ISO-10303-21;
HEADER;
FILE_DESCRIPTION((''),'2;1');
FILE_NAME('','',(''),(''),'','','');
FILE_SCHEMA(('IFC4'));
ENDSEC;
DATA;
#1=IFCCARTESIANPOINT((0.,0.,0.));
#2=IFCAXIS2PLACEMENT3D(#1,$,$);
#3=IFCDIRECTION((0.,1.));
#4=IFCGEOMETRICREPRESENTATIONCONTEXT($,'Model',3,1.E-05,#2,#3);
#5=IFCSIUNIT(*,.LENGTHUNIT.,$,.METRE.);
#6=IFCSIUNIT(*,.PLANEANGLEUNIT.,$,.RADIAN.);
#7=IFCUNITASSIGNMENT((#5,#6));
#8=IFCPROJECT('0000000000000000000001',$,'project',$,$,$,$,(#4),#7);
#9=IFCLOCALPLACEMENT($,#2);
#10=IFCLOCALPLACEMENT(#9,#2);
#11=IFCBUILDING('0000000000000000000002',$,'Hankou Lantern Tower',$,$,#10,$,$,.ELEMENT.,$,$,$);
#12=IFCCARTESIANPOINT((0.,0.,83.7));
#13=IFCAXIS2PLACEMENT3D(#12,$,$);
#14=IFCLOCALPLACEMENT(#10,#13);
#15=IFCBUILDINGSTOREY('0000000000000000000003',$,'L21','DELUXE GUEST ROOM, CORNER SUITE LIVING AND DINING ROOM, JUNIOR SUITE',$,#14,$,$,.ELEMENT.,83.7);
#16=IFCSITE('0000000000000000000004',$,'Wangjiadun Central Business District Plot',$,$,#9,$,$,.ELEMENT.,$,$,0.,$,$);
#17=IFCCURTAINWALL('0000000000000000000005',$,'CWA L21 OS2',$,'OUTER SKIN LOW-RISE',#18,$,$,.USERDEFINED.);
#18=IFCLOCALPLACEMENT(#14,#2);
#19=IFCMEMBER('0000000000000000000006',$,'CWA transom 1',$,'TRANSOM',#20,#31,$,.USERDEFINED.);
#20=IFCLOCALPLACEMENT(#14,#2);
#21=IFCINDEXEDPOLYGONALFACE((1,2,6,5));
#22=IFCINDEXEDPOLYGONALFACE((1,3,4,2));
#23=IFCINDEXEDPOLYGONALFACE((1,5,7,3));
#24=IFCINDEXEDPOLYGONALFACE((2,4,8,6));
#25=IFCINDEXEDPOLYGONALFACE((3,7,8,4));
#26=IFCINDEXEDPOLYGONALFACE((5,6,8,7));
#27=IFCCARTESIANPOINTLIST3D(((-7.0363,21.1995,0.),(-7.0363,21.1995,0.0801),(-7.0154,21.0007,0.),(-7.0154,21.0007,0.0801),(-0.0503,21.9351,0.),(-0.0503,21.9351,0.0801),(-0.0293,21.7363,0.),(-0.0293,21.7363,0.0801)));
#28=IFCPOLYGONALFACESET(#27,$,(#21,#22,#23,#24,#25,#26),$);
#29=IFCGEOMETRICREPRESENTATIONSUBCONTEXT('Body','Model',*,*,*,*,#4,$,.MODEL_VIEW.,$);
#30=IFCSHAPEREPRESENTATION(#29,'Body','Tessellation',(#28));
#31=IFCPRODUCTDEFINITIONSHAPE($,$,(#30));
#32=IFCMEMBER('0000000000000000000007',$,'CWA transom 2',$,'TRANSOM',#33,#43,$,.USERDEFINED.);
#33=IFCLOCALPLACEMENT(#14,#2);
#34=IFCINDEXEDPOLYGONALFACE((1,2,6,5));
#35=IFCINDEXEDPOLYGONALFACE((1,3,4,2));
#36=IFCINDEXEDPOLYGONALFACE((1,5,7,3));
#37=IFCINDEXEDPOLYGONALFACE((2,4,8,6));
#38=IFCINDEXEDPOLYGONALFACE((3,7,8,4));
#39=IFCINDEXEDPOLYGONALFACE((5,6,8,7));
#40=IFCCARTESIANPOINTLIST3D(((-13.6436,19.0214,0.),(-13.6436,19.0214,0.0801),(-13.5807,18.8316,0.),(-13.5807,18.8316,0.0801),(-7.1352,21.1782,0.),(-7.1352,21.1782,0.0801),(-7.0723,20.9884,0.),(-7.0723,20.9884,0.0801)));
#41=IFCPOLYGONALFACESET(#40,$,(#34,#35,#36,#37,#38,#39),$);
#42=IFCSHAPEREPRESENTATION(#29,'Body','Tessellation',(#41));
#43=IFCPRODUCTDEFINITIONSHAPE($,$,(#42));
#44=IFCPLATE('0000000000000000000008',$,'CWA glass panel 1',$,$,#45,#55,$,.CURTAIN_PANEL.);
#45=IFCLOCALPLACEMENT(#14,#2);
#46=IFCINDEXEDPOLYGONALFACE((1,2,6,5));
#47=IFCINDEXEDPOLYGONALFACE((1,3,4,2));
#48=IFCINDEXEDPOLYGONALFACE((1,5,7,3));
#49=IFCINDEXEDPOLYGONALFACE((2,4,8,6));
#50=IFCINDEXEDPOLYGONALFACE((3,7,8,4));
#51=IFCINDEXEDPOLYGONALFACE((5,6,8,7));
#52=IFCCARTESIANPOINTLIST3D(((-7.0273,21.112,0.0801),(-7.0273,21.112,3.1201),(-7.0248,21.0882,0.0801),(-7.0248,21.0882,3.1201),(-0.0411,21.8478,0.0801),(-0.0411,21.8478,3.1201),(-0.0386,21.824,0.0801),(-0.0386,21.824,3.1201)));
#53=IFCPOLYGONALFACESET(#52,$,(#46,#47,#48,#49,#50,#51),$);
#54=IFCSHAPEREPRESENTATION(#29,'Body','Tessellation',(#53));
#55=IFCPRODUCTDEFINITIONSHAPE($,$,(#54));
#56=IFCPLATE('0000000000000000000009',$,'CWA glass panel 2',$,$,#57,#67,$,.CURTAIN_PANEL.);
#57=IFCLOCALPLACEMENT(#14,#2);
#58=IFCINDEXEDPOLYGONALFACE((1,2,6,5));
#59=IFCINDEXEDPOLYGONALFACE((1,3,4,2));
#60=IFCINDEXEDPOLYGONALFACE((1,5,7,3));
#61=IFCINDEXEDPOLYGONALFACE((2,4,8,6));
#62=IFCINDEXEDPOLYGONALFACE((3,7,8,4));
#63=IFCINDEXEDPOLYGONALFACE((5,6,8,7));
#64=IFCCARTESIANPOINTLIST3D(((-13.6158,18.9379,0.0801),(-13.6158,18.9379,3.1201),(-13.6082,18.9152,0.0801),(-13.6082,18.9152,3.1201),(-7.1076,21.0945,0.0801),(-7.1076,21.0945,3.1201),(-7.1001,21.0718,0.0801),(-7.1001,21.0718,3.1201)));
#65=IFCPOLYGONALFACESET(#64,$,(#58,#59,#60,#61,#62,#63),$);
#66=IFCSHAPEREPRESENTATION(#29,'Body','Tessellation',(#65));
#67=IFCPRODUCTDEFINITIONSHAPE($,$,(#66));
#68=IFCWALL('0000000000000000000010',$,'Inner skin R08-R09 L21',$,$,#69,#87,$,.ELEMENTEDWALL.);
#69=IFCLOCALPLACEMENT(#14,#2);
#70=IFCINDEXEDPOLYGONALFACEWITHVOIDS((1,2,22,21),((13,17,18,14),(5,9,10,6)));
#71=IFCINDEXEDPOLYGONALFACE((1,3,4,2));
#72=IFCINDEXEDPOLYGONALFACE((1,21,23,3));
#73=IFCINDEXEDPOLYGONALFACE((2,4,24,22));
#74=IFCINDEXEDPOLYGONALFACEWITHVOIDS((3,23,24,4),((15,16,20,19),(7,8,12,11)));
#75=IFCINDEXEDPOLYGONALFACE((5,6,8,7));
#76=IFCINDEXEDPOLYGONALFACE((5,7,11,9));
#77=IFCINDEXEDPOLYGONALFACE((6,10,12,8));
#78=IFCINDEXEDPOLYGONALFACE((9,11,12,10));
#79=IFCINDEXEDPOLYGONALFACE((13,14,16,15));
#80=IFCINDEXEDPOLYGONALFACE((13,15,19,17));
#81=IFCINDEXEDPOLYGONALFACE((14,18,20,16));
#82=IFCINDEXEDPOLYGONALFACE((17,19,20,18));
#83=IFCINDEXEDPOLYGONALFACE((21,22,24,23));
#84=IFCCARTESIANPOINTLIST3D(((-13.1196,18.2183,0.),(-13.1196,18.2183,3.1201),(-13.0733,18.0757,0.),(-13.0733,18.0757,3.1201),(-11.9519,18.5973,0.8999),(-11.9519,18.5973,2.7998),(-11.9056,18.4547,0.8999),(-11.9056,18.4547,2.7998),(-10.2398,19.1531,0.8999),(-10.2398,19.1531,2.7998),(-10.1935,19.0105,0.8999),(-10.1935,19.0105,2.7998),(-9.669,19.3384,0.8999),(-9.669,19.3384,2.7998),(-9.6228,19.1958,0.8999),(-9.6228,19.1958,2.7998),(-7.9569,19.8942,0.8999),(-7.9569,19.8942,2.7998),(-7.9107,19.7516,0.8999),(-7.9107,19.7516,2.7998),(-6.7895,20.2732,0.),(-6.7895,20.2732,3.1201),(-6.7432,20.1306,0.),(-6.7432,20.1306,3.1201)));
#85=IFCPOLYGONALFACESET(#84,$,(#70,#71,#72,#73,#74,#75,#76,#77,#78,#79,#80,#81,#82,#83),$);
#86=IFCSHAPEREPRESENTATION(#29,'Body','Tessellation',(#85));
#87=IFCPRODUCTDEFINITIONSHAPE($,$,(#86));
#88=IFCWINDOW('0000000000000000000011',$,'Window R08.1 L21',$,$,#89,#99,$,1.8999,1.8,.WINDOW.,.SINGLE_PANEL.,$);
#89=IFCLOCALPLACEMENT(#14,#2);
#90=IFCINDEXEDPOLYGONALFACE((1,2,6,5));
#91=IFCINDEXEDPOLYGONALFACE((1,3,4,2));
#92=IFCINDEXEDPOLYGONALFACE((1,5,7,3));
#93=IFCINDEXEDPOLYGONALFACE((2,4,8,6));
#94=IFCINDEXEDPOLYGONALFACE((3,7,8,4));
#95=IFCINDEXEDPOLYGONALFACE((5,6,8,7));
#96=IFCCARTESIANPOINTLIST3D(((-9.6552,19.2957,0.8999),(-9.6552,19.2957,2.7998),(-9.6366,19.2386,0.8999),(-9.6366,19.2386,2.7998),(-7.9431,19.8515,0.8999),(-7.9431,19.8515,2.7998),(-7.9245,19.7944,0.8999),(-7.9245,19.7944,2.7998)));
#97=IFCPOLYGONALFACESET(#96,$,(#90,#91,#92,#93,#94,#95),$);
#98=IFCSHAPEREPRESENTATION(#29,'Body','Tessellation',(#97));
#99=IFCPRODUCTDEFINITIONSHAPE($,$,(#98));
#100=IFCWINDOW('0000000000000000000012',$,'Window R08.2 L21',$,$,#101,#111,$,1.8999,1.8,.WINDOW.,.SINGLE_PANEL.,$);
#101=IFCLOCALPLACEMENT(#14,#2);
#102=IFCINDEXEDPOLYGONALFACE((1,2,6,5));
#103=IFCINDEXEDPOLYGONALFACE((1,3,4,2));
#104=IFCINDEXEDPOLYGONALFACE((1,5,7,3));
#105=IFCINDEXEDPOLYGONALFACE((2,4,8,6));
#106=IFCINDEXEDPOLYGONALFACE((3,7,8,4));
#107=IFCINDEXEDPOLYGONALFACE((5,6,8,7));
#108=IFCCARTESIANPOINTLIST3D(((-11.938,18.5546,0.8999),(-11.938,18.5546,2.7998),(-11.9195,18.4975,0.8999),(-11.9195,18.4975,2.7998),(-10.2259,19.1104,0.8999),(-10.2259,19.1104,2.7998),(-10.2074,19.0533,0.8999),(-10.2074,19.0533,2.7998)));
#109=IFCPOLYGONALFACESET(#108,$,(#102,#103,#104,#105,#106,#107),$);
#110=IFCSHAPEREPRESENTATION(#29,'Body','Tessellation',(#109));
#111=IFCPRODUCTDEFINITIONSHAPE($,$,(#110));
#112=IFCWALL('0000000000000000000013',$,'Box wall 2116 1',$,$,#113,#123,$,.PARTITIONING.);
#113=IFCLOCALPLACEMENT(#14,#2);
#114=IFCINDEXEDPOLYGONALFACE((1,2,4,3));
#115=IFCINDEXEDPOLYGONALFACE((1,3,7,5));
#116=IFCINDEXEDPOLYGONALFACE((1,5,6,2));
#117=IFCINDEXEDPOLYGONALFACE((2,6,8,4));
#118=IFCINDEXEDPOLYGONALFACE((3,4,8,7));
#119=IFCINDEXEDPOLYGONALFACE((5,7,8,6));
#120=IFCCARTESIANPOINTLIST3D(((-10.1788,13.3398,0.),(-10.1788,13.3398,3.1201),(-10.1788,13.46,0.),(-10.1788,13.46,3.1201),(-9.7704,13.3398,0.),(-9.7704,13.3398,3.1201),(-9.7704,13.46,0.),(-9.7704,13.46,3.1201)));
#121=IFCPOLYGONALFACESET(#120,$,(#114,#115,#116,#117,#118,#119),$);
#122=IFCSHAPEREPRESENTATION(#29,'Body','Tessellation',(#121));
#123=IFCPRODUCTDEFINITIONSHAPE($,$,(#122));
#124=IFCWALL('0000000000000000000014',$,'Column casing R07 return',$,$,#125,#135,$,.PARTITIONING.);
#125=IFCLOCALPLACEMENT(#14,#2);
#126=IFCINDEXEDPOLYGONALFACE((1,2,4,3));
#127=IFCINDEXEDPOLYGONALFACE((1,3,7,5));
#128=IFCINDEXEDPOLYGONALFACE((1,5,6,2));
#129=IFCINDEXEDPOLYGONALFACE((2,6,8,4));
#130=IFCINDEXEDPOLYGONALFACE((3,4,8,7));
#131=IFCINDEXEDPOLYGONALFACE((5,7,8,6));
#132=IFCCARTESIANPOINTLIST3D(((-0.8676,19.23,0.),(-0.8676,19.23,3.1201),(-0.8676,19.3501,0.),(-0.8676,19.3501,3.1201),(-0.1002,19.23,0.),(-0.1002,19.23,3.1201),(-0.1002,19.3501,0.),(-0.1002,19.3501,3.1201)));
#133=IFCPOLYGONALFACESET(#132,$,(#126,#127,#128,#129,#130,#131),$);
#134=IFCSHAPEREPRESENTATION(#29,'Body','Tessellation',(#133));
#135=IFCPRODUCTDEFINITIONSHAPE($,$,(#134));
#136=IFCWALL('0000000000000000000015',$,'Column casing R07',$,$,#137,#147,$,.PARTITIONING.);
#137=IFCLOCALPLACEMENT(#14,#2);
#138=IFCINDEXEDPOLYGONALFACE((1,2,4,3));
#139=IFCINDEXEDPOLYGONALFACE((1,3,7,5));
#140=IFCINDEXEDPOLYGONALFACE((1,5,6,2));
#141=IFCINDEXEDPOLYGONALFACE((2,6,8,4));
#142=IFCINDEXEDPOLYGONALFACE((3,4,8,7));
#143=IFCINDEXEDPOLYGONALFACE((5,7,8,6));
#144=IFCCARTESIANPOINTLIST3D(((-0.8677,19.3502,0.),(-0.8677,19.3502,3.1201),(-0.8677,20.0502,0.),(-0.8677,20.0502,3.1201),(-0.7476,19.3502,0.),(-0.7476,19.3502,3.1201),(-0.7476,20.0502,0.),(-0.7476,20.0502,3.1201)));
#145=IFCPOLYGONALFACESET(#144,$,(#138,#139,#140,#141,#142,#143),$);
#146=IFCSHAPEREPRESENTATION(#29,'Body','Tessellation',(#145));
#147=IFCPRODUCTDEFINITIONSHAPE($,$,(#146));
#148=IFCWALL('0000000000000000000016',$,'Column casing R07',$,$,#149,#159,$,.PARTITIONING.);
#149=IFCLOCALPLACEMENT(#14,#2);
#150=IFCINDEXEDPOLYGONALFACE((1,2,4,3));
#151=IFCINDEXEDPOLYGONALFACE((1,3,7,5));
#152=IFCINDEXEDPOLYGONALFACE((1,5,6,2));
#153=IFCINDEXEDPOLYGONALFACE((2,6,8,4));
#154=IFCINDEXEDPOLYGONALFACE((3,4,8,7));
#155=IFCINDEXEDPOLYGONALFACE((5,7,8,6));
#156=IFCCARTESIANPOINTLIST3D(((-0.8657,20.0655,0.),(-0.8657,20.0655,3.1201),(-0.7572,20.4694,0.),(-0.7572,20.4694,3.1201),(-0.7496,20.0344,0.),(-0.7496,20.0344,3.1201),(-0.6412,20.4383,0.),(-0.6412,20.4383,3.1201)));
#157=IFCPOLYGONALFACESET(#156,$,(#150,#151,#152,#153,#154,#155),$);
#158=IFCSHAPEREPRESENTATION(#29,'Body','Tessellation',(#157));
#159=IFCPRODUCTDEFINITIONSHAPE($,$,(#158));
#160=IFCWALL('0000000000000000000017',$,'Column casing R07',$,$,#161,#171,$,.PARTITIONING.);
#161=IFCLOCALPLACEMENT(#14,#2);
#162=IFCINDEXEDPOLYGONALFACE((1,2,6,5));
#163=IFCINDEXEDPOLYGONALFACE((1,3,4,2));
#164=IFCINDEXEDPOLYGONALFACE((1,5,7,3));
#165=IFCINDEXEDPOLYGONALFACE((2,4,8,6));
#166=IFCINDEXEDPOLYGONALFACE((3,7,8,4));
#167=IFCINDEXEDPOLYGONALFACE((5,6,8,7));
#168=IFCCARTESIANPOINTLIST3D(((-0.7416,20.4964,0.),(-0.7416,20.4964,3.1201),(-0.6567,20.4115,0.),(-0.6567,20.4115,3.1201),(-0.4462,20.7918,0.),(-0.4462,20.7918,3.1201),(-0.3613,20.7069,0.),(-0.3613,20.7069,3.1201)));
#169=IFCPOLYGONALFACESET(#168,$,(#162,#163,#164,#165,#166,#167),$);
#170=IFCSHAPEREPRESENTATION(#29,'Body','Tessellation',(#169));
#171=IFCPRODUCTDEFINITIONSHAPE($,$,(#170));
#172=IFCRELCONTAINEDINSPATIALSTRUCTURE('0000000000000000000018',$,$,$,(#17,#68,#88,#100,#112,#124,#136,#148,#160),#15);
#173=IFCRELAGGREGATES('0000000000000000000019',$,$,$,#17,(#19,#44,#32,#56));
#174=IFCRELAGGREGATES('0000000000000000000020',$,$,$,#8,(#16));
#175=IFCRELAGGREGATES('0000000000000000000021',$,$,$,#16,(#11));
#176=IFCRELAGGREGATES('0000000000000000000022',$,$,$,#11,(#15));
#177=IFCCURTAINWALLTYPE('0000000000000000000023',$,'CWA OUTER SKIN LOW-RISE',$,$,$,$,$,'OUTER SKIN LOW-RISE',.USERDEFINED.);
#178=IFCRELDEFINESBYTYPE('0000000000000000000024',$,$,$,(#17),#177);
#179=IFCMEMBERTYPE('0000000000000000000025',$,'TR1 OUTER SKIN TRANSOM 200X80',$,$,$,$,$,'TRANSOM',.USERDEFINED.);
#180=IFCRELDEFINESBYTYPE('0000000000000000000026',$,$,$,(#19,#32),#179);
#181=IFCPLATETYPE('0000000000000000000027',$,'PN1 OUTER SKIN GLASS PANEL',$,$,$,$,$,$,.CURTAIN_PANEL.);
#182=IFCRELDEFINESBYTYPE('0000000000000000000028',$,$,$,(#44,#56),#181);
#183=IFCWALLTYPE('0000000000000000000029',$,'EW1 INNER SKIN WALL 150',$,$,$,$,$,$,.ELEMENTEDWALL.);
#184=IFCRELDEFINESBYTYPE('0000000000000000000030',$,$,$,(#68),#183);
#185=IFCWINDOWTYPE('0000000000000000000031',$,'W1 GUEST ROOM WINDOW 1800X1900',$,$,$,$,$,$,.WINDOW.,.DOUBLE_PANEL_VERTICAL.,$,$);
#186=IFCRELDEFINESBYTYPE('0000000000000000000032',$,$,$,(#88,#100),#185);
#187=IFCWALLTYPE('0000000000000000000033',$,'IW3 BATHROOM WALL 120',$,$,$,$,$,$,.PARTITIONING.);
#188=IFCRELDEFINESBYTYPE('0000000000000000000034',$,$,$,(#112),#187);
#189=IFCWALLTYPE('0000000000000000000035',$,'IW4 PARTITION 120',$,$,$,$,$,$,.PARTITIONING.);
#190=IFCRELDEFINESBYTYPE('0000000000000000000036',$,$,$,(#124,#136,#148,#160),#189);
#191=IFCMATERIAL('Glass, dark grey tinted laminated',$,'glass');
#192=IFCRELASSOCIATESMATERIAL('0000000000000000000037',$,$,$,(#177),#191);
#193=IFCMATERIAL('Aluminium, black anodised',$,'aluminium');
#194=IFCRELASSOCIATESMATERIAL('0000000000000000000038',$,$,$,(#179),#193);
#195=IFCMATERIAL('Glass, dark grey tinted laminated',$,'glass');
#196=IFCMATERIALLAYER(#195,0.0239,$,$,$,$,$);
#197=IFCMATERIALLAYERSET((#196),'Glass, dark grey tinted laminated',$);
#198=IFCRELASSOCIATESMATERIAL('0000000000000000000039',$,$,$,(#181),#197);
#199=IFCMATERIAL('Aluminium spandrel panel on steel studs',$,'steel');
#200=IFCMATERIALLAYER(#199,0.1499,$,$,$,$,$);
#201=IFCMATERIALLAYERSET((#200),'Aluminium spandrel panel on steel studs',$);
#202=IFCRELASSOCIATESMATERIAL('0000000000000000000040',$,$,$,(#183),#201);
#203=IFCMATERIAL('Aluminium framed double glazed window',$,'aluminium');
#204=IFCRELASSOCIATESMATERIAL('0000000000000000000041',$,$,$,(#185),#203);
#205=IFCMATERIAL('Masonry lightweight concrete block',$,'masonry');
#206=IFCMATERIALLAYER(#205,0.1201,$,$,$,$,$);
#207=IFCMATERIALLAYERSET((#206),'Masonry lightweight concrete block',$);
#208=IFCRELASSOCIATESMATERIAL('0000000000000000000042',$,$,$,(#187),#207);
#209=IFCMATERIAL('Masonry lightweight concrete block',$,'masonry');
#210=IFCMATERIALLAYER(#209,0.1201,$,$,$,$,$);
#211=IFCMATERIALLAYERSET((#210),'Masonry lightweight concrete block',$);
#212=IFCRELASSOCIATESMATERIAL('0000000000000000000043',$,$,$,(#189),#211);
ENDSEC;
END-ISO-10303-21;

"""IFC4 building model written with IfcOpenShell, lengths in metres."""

from ifc_helpers import new_model, si_unit, direction, frame, frame_2d, origin, origin_2d, place, context, subcontext, project, spatial, rectangle, extrude, material, layer, layer_set, material_profile, profile_set, type_object, element, fill, aggregate, save


model = new_model("IFC4")

# Units and contexts
model_context = context("Model", 3, precision=1e-05, world=origin(), true_north=direction((0.0, 1.0)))
body_context = subcontext(model_context, "Body", "Model", "MODEL_VIEW")
ifc_project = project(units=[si_unit("LENGTHUNIT", "METRE"), si_unit("PLANEANGLEUNIT", "RADIAN")], contexts=[model_context])

# Site, building, storey
site_placement = place(None, origin())
site = spatial("IfcSite", under=ifc_project, at=site_placement, Name="Wangjiadun Central Business District Plot", CompositionType="ELEMENT", RefElevation=0.0)
building_placement = place(site_placement, origin())
building = spatial("IfcBuilding", under=site, at=building_placement, Name="Hankou Lantern Tower", CompositionType="ELEMENT")
storey_placement = place(building_placement, frame((0.0, 0.0, 83.7)))
storey = spatial("IfcBuildingStorey", under=building, at=storey_placement, Name="L21", Description="DELUXE GUEST ROOM, CORNER SUITE LIVING AND DINING ROOM, JUNIOR SUITE", CompositionType="ELEMENT", Elevation=83.7)

# Curtain wall
ifc_material_1 = material(Name="Glass, dark grey tinted laminated", Category="glass")
curtain_wall_type = type_object("IfcCurtainWallType", Name="CWA OUTER SKIN LOW-RISE", ElementType="OUTER SKIN LOW-RISE", PredefinedType="USERDEFINED", material=ifc_material_1)
curtain_wall_placement = place(storey_placement, origin())
curtain_wall = element("IfcCurtainWall", 1, at=curtain_wall_placement, inside=storey, type_object=curtain_wall_type, Name="CWA L21 OS2", ObjectType="OUTER SKIN LOW-RISE", PredefinedType="USERDEFINED")

# Members
ifc_material_2 = material(Name="Aluminium, black anodised", Category="aluminium")
ifc_material_profile_1 = material_profile(ifc_material_2, rectangle(XDim=0.2, YDim=0.0801, at=origin_2d()), Name="TR1 200X80")
ifc_profile_set_1 = profile_set([ifc_material_profile_1], Name="Aluminium, black anodised")
member_type_1 = type_object("IfcMemberType", Name="TR1 OUTER SKIN TRANSOM 200X80", ElementType="TRANSOM", PredefinedType="USERDEFINED", material=ifc_profile_set_1)
member_1_placement = place(storey_placement, frame((-0.0398, 21.8357, 0.04), z_axis=(-0.994502, -0.104716, 0.0), x_axis=(0.104716, -0.994502, 0.0)))
member_1 = element("IfcMember", 2, at=member_1_placement, type_object=member_type_1, Name="CWA transom 1", ObjectType="TRANSOM", PredefinedType="USERDEFINED", context=body_context, shape_type="SweptSolid", body=[
    extrude(rectangle(XDim=0.2, YDim=0.0801, at=origin_2d()), origin(), (0.0, 0.0, 1.0), 7.0247),
])
member_2_placement = place(storey_placement, frame((-7.1038, 21.0833, 0.04), z_axis=(-0.949237, -0.314561, 0.0), x_axis=(0.314561, -0.949237, 0.0)))
member_2 = element("IfcMember", 3, at=member_2_placement, type_object=member_type_1, Name="CWA transom 2", ObjectType="TRANSOM", PredefinedType="USERDEFINED", context=body_context, shape_type="SweptSolid", body=[
    extrude(rectangle(XDim=0.2, YDim=0.0801, at=origin_2d()), origin(), (0.0, 0.0, 1.0), 6.8564),
])

# Plates
ifc_material_3 = material(Name="Glass, dark grey tinted laminated", Category="glass")
ifc_layer_1 = layer(ifc_material_3, 0.0239)
ifc_layer_set_1 = layer_set([ifc_layer_1], Name="Glass, dark grey tinted laminated")
plate_type = type_object("IfcPlateType", Name="PN1 OUTER SKIN GLASS PANEL", PredefinedType="CURTAIN_PANEL", material=ifc_layer_set_1)
plate_1_placement = place(storey_placement, frame((-3.533, 21.468, 0.0801), z_axis=(0.0, 0.0, 1.0), x_axis=(-0.994499, -0.104743, 0.0)))
plate_1 = element("IfcPlate", 4, at=plate_1_placement, type_object=plate_type, Name="CWA glass panel 1", PredefinedType="CURTAIN_PANEL", context=body_context, shape_type="SweptSolid", body=[
    extrude(rectangle(XDim=7.0249, YDim=0.0239, at=origin_2d()), origin(), (0.0, 0.0, 1.0), 3.04),
])
plate_2_placement = place(storey_placement, frame((-10.3579, 20.0049, 0.0801), z_axis=(0.0, 0.0, 1.0), x_axis=(-0.949241, -0.314551, 0.0)))
plate_2 = element("IfcPlate", 5, at=plate_2_placement, type_object=plate_type, Name="CWA glass panel 2", PredefinedType="CURTAIN_PANEL", context=body_context, shape_type="SweptSolid", body=[
    extrude(rectangle(XDim=6.8562, YDim=0.0239, at=origin_2d()), origin(), (0.0, 0.0, 1.0), 3.04),
])
aggregate(curtain_wall, [member_1, plate_1, member_2, plate_2])

# Wall, openings, windows
ifc_material_4 = material(Name="Aluminium spandrel panel on steel studs", Category="steel")
ifc_layer_2 = layer(ifc_material_4, 0.1499)
ifc_layer_set_2 = layer_set([ifc_layer_2], Name="Aluminium spandrel panel on steel studs")
wall_type_1 = type_object("IfcWallType", Name="EW1 INNER SKIN WALL 150", PredefinedType="ELEMENTEDWALL", material=ifc_layer_set_2)
wall_1_placement = place(storey_placement, frame((-6.7664, 20.2019, 0.0), z_axis=(0.0, 0.0, 1.0), x_axis=(-0.951138, -0.308768, 0.0)))
wall_1 = element("IfcWall", 6, at=wall_1_placement, inside=storey, type_object=wall_type_1, Name="Inner skin R08-R09 L21", PredefinedType="ELEMENTEDWALL", context=body_context, shape_type="SweptSolid", body=[
    extrude(rectangle(XDim=6.6553, YDim=0.1499, at=frame_2d((3.3276, 0.0))), origin(), (0.0, 0.0, 1.0), 3.1201),
])
opening_1_placement = place(wall_1_placement, frame((1.2275, 0.0, 0.8999)))
opening_1 = element("IfcOpeningElement", 7, at=opening_1_placement, cuts=wall_1, PredefinedType="OPENING", context=body_context, shape_type="SweptSolid", body=[
    extrude(rectangle(XDim=1.8, YDim=1.8999, at=frame_2d((0.8999, 0.95))), frame((0.0, 0.085, 0.0), z_axis=(0.0, -1.0, 0.0), x_axis=(1.0, 0.0, 0.0)), (0.0, 0.0, 1.0), 0.1699),
])
opening_2_placement = place(wall_1_placement, frame((3.6277, 0.0, 0.8999)))
opening_2 = element("IfcOpeningElement", 8, at=opening_2_placement, cuts=wall_1, PredefinedType="OPENING", context=body_context, shape_type="SweptSolid", body=[
    extrude(rectangle(XDim=1.8, YDim=1.8999, at=frame_2d((0.8999, 0.95))), frame((0.0, 0.085, 0.0), z_axis=(0.0, -1.0, 0.0), x_axis=(1.0, 0.0, 0.0)), (0.0, 0.0, 1.0), 0.1699),
])
ifc_material_5 = material(Name="Aluminium framed double glazed window", Category="aluminium")
window_type = type_object("IfcWindowType", Name="W1 GUEST ROOM WINDOW 1800X1900", PartitioningType="DOUBLE_PANEL_VERTICAL", PredefinedType="WINDOW", material=ifc_material_5)
window_1_placement = place(opening_1_placement, origin())
window_1 = element("IfcWindow", 9, at=window_1_placement, inside=storey, type_object=window_type, Name="Window R08.1 L21", OverallHeight=1.8999, OverallWidth=1.8, PartitioningType="SINGLE_PANEL", PredefinedType="WINDOW", context=body_context, shape_type="SweptSolid", body=[
    extrude(rectangle(XDim=1.8, YDim=1.8999, at=frame_2d((0.8999, 0.95))), frame((0.0, 0.03, 0.0), z_axis=(0.0, -1.0, 0.0), x_axis=(1.0, 0.0, 0.0)), (0.0, 0.0, 1.0), 0.0601),
])
fill(opening_1, window_1)
window_2_placement = place(opening_2_placement, origin())
window_2 = element("IfcWindow", 10, at=window_2_placement, inside=storey, type_object=window_type, Name="Window R08.2 L21", OverallHeight=1.8999, OverallWidth=1.8, PartitioningType="SINGLE_PANEL", PredefinedType="WINDOW", context=body_context, shape_type="SweptSolid", body=[
    extrude(rectangle(XDim=1.8, YDim=1.8999, at=frame_2d((0.8999, 0.95))), frame((0.0, 0.03, 0.0), z_axis=(0.0, -1.0, 0.0), x_axis=(1.0, 0.0, 0.0)), (0.0, 0.0, 1.0), 0.0601),
])
fill(opening_2, window_2)

# Walls
ifc_material_6 = material(Name="Masonry lightweight concrete block", Category="masonry")
ifc_layer_3 = layer(ifc_material_6, 0.1201)
ifc_layer_set_3 = layer_set([ifc_layer_3], Name="Masonry lightweight concrete block")
wall_type_2 = type_object("IfcWallType", Name="IW3 BATHROOM WALL 120", PredefinedType="PARTITIONING", material=ifc_layer_set_3)
wall_2_placement = place(storey_placement, frame((-9.7705, 13.3999, 0.0), z_axis=(0.0, 0.0, 1.0), x_axis=(-1.0, 0.0, 0.0)))
element("IfcWall", 11, at=wall_2_placement, inside=storey, type_object=wall_type_2, Name="Box wall 2116 1", PredefinedType="PARTITIONING", context=body_context, shape_type="SweptSolid", body=[
    extrude(rectangle(XDim=0.4084, YDim=0.1201, at=frame_2d((0.2041, 0.0))), origin(), (0.0, 0.0, 1.0), 3.1201),
])
ifc_material_7 = material(Name="Masonry lightweight concrete block", Category="masonry")
ifc_layer_4 = layer(ifc_material_7, 0.1201)
ifc_layer_set_4 = layer_set([ifc_layer_4], Name="Masonry lightweight concrete block")
wall_type_3 = type_object("IfcWallType", Name="IW4 PARTITION 120", PredefinedType="PARTITIONING", material=ifc_layer_set_4)
wall_3_placement = place(storey_placement, frame((-0.1001, 19.29, 0.0), z_axis=(0.0, 0.0, 1.0), x_axis=(-1.0, 0.0, 0.0)))
element("IfcWall", 12, at=wall_3_placement, inside=storey, type_object=wall_type_3, Name="Column casing R07 return", PredefinedType="PARTITIONING", context=body_context, shape_type="SweptSolid", body=[
    extrude(rectangle(XDim=0.7673, YDim=0.1201, at=frame_2d((0.3838, 0.0))), origin(), (0.0, 0.0, 1.0), 3.1201),
])
wall_4_placement = place(storey_placement, frame((-0.8076, 19.3501, 0.0), z_axis=(0.0, 0.0, 1.0), x_axis=(0.0, 1.0, 0.0)))
element("IfcWall", 13, at=wall_4_placement, inside=storey, type_object=wall_type_3, Name="Column casing R07", PredefinedType="PARTITIONING", context=body_context, shape_type="SweptSolid", body=[
    extrude(rectangle(XDim=0.7, YDim=0.1201, at=frame_2d((0.3501, 0.0))), origin(), (0.0, 0.0, 1.0), 3.1201),
])
wall_5_placement = place(storey_placement, frame((-0.8076, 20.05, 0.0), z_axis=(0.0, 0.0, 1.0), x_axis=(0.259261, 0.965807, 0.0)))
element("IfcWall", 14, at=wall_5_placement, inside=storey, type_object=wall_type_3, Name="Column casing R07", PredefinedType="PARTITIONING", context=body_context, shape_type="SweptSolid", body=[
    extrude(rectangle(XDim=0.4182, YDim=0.1201, at=frame_2d((0.209, 0.0))), origin(), (0.0, 0.0, 1.0), 3.1201),
])
wall_6_placement = place(storey_placement, frame((-0.6992, 20.4539, 0.0), z_axis=(0.0, 0.0, 1.0), x_axis=(0.707107, 0.707107, 0.0)))
element("IfcWall", 15, at=wall_6_placement, inside=storey, type_object=wall_type_3, Name="Column casing R07", PredefinedType="PARTITIONING", context=body_context, shape_type="SweptSolid", body=[
    extrude(rectangle(XDim=0.4177, YDim=0.1201, at=frame_2d((0.209, 0.0))), origin(), (0.0, 0.0, 1.0), 3.1201),
])

save(model, "model.ifc")
